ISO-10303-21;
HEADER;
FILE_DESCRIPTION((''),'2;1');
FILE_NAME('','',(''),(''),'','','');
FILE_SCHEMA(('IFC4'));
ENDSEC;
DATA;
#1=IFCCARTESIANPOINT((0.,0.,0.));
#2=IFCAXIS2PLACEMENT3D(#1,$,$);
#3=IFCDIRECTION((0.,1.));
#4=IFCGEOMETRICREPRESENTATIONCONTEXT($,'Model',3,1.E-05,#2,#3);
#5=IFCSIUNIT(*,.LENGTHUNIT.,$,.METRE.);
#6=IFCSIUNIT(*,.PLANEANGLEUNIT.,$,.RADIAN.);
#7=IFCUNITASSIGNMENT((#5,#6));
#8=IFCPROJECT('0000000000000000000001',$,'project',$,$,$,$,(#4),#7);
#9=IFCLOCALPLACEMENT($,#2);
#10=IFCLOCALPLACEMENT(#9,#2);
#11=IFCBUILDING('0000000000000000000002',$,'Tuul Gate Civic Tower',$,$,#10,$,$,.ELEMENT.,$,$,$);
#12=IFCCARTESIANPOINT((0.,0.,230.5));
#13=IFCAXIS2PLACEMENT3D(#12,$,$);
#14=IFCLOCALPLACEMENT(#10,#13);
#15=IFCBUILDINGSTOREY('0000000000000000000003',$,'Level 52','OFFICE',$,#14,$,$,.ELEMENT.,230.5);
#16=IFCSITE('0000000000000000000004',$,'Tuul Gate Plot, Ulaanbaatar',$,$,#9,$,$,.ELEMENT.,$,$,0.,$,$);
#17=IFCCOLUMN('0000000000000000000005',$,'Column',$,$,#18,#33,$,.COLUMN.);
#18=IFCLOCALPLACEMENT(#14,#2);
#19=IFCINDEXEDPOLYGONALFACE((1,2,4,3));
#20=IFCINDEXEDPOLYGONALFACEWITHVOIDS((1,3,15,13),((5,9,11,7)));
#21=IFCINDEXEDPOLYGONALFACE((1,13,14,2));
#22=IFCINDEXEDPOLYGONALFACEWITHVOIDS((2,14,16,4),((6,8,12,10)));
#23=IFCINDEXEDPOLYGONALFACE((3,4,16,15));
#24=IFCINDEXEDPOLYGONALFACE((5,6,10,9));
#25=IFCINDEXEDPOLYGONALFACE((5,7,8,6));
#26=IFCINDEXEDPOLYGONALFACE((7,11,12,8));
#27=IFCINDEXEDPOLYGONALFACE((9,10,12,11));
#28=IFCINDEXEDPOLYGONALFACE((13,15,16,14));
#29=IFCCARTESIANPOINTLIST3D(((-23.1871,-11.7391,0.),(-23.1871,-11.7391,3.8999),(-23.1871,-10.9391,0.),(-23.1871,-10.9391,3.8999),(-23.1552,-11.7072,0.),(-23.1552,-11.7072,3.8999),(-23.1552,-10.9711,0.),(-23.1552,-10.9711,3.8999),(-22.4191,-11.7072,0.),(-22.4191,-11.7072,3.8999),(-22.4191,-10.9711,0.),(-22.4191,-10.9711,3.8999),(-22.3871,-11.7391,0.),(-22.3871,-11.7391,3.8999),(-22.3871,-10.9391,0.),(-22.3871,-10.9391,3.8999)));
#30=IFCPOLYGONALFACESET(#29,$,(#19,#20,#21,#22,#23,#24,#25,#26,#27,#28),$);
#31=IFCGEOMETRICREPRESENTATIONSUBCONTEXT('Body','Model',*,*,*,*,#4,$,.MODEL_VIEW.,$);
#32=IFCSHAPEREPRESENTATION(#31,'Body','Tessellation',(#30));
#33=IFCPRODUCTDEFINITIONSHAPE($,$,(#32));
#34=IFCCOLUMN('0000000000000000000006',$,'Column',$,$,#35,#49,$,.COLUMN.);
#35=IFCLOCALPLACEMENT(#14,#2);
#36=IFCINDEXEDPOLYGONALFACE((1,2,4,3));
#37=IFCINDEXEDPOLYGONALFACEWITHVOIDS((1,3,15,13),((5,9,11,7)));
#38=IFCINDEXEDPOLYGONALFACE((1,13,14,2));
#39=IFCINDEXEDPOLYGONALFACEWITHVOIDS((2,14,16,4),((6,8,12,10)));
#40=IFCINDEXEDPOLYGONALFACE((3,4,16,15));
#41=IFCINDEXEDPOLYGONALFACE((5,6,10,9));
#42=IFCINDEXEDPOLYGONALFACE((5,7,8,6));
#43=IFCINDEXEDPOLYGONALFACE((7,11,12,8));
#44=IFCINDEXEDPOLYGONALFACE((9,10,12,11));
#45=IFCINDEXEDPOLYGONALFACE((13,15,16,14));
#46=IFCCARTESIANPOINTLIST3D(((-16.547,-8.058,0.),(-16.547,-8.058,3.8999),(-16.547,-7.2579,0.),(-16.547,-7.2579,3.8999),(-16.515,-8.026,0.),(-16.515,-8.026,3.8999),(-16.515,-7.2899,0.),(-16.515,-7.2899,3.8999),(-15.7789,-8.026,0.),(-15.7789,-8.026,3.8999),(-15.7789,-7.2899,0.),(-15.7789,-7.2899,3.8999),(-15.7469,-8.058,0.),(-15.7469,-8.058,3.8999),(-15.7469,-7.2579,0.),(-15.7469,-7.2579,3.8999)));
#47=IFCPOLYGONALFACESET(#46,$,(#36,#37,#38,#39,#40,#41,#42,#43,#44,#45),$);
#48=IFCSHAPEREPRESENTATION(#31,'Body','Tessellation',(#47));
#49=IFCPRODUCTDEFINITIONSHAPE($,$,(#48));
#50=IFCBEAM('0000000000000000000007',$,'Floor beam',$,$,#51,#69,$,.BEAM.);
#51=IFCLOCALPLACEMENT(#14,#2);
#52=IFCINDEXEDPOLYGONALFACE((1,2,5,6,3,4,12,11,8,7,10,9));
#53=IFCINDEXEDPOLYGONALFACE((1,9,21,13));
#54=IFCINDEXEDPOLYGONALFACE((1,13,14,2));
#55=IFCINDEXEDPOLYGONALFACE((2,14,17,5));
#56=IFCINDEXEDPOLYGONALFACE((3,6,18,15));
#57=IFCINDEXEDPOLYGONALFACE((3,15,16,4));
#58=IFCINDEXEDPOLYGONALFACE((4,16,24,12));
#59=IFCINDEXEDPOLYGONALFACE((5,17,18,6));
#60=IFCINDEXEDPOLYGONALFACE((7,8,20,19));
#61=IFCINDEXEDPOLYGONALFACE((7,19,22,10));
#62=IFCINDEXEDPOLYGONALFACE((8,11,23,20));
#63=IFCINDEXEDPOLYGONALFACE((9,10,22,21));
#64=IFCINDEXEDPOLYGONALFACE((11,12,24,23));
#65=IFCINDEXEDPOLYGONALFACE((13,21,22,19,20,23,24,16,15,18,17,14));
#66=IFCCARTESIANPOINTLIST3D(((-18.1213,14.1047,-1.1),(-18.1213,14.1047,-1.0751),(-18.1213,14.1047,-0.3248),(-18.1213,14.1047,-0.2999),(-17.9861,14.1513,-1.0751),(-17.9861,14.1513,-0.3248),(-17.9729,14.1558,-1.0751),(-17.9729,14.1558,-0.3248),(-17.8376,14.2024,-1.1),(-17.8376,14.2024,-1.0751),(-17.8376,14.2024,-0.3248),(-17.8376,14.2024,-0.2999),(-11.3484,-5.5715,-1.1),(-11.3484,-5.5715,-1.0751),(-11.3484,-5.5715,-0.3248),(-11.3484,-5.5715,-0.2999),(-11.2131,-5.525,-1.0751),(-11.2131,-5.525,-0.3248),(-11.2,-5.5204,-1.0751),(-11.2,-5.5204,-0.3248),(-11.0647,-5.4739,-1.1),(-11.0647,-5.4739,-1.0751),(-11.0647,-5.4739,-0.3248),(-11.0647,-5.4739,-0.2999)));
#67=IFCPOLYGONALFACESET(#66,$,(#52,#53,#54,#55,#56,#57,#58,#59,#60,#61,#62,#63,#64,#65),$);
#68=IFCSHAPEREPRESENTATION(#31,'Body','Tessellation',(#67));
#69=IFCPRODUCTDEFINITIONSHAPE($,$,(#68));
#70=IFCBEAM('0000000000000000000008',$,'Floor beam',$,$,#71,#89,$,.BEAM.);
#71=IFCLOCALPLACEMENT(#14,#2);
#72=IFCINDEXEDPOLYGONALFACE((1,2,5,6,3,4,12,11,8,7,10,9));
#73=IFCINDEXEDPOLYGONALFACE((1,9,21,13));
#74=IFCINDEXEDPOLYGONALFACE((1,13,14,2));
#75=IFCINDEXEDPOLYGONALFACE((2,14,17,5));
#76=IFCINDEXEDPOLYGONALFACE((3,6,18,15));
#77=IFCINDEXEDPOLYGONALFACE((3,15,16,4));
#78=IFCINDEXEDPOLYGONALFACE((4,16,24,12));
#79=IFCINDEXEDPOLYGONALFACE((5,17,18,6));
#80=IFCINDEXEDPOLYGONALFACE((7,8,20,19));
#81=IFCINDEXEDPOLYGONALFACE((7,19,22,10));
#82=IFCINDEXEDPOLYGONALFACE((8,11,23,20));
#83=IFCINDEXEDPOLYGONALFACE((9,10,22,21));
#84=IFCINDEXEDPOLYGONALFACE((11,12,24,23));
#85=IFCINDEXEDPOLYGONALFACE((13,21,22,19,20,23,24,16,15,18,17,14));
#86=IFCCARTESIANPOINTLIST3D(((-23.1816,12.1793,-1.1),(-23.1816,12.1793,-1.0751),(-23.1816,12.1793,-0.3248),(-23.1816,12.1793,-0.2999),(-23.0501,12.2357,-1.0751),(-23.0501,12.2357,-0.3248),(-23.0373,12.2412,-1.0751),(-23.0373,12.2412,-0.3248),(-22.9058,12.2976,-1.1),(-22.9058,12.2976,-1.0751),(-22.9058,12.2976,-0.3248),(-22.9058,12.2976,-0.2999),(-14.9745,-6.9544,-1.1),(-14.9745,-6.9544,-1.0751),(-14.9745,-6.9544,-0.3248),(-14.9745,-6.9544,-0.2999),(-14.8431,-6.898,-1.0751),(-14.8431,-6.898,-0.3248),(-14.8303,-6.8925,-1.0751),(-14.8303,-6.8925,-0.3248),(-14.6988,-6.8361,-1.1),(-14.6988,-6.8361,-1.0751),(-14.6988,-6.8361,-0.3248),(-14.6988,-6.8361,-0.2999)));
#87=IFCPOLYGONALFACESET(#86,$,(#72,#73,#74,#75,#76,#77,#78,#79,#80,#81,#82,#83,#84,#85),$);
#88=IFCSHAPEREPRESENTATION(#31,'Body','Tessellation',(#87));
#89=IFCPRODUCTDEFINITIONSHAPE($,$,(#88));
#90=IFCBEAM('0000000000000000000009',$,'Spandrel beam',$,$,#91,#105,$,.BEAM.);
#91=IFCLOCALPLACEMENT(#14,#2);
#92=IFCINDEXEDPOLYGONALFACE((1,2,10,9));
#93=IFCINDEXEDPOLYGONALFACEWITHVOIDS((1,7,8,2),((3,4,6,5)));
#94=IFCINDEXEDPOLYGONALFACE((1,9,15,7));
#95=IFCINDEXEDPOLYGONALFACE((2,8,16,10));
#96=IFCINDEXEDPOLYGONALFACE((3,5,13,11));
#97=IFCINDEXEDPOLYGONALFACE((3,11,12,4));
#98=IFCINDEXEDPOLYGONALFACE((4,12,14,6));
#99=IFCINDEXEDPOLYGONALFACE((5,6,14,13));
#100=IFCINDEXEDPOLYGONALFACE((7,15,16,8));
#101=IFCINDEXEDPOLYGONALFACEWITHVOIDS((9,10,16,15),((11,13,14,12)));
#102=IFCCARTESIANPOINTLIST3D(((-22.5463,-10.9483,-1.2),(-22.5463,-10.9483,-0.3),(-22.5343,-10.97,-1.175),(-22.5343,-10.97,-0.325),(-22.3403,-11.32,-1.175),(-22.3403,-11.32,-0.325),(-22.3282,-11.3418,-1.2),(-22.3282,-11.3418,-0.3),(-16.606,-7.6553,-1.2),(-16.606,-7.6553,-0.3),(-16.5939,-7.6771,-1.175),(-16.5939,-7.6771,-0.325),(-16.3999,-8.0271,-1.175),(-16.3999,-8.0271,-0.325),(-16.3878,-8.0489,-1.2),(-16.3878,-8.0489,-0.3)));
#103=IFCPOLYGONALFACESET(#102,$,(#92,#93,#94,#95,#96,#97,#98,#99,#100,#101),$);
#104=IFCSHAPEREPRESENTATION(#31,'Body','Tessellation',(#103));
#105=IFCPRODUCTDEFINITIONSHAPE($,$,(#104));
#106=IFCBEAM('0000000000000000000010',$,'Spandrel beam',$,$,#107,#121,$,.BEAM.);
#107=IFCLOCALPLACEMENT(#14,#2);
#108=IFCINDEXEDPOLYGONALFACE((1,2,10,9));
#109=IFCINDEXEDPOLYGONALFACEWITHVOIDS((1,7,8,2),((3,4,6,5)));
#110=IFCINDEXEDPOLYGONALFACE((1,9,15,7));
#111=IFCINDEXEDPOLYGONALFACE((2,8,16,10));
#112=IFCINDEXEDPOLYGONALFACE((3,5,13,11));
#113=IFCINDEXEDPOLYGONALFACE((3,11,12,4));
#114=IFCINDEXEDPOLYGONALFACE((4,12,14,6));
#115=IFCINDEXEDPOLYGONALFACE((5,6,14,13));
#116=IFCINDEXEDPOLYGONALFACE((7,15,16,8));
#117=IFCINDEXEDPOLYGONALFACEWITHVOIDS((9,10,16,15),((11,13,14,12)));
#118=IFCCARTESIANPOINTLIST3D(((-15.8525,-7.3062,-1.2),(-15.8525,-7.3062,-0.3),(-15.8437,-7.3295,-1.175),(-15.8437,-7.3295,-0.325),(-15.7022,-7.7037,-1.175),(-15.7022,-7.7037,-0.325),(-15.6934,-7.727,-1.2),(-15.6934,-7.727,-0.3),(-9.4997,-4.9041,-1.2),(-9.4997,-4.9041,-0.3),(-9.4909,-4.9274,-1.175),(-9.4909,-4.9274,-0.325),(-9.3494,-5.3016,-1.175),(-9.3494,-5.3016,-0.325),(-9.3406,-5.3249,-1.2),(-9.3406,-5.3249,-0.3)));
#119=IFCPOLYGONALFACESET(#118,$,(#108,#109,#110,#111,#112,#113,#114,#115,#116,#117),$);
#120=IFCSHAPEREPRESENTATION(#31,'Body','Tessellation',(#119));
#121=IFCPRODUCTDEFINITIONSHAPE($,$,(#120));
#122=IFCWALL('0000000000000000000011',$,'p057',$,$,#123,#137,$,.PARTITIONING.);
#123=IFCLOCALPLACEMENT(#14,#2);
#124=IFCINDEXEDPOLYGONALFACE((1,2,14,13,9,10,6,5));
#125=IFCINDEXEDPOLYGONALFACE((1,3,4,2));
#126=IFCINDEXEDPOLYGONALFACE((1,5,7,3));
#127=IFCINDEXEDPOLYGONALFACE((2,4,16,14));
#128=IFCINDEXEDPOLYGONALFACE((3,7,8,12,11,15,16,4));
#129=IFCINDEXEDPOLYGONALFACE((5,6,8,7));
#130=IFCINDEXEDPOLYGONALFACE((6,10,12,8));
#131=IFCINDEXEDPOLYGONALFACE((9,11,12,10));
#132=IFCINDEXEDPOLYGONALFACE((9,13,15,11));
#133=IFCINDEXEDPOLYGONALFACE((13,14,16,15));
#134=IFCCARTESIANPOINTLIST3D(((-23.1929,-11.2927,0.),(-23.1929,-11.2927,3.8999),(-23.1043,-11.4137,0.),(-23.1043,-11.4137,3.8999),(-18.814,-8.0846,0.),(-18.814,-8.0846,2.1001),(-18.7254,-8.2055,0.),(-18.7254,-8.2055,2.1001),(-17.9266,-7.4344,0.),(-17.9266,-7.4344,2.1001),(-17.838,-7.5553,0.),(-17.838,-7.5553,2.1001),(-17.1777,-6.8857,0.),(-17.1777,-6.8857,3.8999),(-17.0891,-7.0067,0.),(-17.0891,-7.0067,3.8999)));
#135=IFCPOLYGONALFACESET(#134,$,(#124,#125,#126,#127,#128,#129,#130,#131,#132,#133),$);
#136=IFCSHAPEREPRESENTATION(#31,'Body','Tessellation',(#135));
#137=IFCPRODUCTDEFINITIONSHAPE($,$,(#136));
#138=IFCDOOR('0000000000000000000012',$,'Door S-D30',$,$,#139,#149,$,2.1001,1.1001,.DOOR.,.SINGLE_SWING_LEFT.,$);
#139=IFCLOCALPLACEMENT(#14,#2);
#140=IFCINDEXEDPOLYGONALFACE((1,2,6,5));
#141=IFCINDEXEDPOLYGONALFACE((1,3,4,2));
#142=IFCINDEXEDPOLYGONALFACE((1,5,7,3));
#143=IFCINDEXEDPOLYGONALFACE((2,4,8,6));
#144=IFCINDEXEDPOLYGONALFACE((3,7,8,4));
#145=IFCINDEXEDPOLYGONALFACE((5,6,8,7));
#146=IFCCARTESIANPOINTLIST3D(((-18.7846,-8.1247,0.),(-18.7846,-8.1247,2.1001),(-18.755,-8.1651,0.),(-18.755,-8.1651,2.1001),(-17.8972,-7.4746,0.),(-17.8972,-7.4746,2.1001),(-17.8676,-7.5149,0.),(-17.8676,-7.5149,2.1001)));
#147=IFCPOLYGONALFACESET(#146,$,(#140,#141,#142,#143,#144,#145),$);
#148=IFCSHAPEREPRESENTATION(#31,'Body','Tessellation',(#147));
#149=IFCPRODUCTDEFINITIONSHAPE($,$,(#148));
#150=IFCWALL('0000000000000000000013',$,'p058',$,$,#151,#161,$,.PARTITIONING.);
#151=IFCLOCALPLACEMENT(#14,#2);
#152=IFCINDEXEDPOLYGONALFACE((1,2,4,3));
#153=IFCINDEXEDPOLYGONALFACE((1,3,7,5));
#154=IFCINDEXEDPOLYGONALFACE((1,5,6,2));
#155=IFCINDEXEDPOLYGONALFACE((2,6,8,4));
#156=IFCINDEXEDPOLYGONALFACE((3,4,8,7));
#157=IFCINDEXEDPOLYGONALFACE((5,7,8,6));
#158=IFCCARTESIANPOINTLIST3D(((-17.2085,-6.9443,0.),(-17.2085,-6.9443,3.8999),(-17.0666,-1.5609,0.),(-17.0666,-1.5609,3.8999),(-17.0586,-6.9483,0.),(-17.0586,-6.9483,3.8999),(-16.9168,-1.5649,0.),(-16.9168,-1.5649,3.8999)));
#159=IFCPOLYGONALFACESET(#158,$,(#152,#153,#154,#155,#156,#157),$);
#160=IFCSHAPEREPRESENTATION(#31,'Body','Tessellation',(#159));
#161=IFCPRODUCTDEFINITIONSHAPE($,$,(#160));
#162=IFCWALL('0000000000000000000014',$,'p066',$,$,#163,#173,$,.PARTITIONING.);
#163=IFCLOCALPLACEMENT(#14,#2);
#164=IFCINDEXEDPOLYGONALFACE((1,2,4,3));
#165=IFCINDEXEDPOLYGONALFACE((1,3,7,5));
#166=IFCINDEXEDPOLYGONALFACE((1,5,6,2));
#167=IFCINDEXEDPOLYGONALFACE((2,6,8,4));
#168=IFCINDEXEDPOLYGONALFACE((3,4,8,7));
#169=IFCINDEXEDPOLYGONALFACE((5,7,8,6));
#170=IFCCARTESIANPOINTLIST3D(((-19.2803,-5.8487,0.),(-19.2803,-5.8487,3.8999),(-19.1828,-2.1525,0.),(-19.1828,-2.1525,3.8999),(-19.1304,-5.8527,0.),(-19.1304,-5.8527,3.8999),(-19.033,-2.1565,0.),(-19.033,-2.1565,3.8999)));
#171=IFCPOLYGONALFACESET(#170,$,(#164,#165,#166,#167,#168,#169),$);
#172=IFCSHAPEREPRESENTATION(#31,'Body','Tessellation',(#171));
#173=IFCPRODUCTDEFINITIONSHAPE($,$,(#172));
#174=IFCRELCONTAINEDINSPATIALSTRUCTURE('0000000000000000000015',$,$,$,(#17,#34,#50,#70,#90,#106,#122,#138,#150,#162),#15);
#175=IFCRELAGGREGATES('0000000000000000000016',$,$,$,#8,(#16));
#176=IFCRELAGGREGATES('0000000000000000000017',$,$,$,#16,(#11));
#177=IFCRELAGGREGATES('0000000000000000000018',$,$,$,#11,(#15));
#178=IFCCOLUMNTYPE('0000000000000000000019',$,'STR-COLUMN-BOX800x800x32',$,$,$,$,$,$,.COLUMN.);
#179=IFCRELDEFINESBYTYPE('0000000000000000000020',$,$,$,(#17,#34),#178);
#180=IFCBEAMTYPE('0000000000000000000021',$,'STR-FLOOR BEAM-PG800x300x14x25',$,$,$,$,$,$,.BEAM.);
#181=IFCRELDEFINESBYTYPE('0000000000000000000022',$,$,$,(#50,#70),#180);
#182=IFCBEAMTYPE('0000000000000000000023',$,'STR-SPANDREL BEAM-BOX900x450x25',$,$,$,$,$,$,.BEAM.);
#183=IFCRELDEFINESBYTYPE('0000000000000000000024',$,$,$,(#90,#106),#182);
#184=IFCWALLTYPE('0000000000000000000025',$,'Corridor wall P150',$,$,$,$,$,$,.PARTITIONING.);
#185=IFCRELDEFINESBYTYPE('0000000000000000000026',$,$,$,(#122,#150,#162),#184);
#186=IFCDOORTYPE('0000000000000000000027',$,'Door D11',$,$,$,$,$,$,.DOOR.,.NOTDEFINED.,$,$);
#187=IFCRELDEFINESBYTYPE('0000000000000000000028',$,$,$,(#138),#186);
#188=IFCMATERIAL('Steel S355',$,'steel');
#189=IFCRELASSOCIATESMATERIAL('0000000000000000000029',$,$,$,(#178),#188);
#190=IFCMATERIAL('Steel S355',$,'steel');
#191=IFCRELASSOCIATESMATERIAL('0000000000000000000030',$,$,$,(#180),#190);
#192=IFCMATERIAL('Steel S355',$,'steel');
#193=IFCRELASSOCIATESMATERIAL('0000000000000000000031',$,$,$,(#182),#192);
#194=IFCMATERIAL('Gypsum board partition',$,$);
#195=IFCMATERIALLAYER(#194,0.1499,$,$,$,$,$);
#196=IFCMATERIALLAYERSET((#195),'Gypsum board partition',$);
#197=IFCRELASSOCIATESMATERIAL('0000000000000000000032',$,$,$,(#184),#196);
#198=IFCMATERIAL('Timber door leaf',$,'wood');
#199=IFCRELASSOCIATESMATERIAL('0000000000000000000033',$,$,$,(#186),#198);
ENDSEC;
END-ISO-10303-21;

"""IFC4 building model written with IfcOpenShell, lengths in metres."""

from ifc_helpers import new_model, si_unit, direction, frame, frame_2d, origin, origin_2d, place, context, subcontext, project, spatial, rectangle, hollow_rectangle, i_section, extrude, material, layer, layer_set, material_profile, profile_set, type_object, element, fill, save


model = new_model("IFC4")

# Units and contexts
model_context = context("Model", 3, precision=1e-05, world=origin(), true_north=direction((0.0, 1.0)))
body_context = subcontext(model_context, "Body", "Model", "MODEL_VIEW")
ifc_project = project(units=[si_unit("LENGTHUNIT", "METRE"), si_unit("PLANEANGLEUNIT", "RADIAN")], contexts=[model_context])

# Site, building, storey
site_placement = place(None, origin())
site = spatial("IfcSite", under=ifc_project, at=site_placement, Name="Tuul Gate Plot, Ulaanbaatar", CompositionType="ELEMENT", RefElevation=0.0)
building_placement = place(site_placement, origin())
building = spatial("IfcBuilding", under=site, at=building_placement, Name="Tuul Gate Civic Tower", CompositionType="ELEMENT")
storey_placement = place(building_placement, frame((0.0, 0.0, 230.5)))
storey = spatial("IfcBuildingStorey", under=building, at=storey_placement, Name="Level 52", Description="OFFICE", CompositionType="ELEMENT", Elevation=230.5)

# Columns
ifc_material_1 = material(Name="Steel S355", Category="steel")
ifc_material_profile_1 = material_profile(ifc_material_1, hollow_rectangle(XDim=0.8, YDim=0.8, WallThickness=0.032, at=origin_2d()), Name="BOX800x800x32")
ifc_profile_set_1 = profile_set([ifc_material_profile_1], Name="Steel S355")
column_type = type_object("IfcColumnType", Name="STR-COLUMN-BOX800x800x32", PredefinedType="COLUMN", material=ifc_profile_set_1)
for number, where, z_axis, x_axis, name in (
    (1, (-22.7871, -11.3391, 0.0), (0.0, 0.0, 1.0), (1.0, 0.0, 0.0), "Column"),
    (2, (-16.147, -7.658, 0.0), (0.0, 0.0, 1.0), (1.0, 0.0, 0.0), "Column"),
):
    element("IfcColumn", number, at=place(storey_placement, frame(where, z_axis=z_axis, x_axis=x_axis)), inside=storey, type_object=column_type, Name=name, PredefinedType="COLUMN", context=body_context, shape_type="SweptSolid", body=[
        extrude(hollow_rectangle(XDim=0.8, YDim=0.8, WallThickness=0.032, at=origin_2d()), origin(), (0.0, 0.0, 1.0), 3.8999),
    ])

# Beams
ifc_material_2 = material(Name="Steel S355", Category="steel")
ifc_material_profile_2 = material_profile(ifc_material_2, i_section(OverallWidth=0.3, OverallDepth=0.8, WebThickness=0.0139, FlangeThickness=0.0249, at=origin_2d()), Name="PG800x300x14x25")
ifc_profile_set_2 = profile_set([ifc_material_profile_2], Name="Steel S355")
beam_type_1 = type_object("IfcBeamType", Name="STR-FLOOR BEAM-PG800x300x14x25", PredefinedType="BEAM", material=ifc_profile_set_2)
beam_1_placement = place(storey_placement, frame((-11.2065, -5.5227, -0.7), z_axis=(-0.325476, 0.94555, 0.0), x_axis=(-0.94555, -0.325476, 0.0)))
element("IfcBeam", 3, at=beam_1_placement, inside=storey, type_object=beam_type_1, Name="Floor beam", PredefinedType="BEAM", context=body_context, shape_type="SweptSolid", body=[
    extrude(i_section(OverallWidth=0.3, OverallDepth=0.8, WebThickness=0.0139, FlangeThickness=0.0249, at=origin_2d()), origin(), (0.0, 0.0, 1.0), 20.8093),
])
beam_2_placement = place(storey_placement, frame((-14.8367, -6.8953, -0.7), z_axis=(-0.394197, 0.919026, 0.0), x_axis=(-0.919026, -0.394197, 0.0)))
element("IfcBeam", 4, at=beam_2_placement, inside=storey, type_object=beam_type_1, Name="Floor beam", PredefinedType="BEAM", context=body_context, shape_type="SweptSolid", body=[
    extrude(i_section(OverallWidth=0.3, OverallDepth=0.8, WebThickness=0.0139, FlangeThickness=0.0249, at=origin_2d()), origin(), (0.0, 0.0, 1.0), 20.8196),
])
ifc_material_3 = material(Name="Steel S355", Category="steel")
ifc_material_profile_3 = material_profile(ifc_material_3, hollow_rectangle(XDim=0.45, YDim=0.8999, WallThickness=0.0249, at=origin_2d()), Name="BOX900x450x25")
ifc_profile_set_3 = profile_set([ifc_material_profile_3], Name="Steel S355")
beam_type_2 = type_object("IfcBeamType", Name="STR-SPANDREL BEAM-BOX900x450x25", PredefinedType="BEAM", material=ifc_profile_set_3)
beam_3_placement = place(storey_placement, frame((-22.4373, -11.145, -0.75), z_axis=(0.874611, 0.484825, 0.0), x_axis=(-0.484825, 0.874611, 0.0)))
element("IfcBeam", 5, at=beam_3_placement, inside=storey, type_object=beam_type_2, Name="Spandrel beam", PredefinedType="BEAM", context=body_context, shape_type="SweptSolid", body=[
    extrude(hollow_rectangle(XDim=0.45, YDim=0.8999, WallThickness=0.0249, at=origin_2d()), origin(), (0.0, 0.0, 1.0), 6.792),
])
beam_4_placement = place(storey_placement, frame((-15.7729, -7.5166, -0.75), z_axis=(0.935367, 0.353679, 0.0), x_axis=(-0.353679, 0.935367, 0.0)))
element("IfcBeam", 6, at=beam_4_placement, inside=storey, type_object=beam_type_2, Name="Spandrel beam", PredefinedType="BEAM", context=body_context, shape_type="SweptSolid", body=[
    extrude(hollow_rectangle(XDim=0.45, YDim=0.8999, WallThickness=0.0249, at=origin_2d()), origin(), (0.0, 0.0, 1.0), 6.7917),
])

# Wall, opening, door
ifc_material_4 = material(Name="Gypsum board partition")
ifc_layer_1 = layer(ifc_material_4, 0.1499)
ifc_layer_set_1 = layer_set([ifc_layer_1], Name="Gypsum board partition")
wall_type_1 = type_object("IfcWallType", Name="Corridor wall P150", PredefinedType="PARTITIONING", material=ifc_layer_set_1)
wall_1_placement = place(storey_placement, frame((-23.1487, -11.3533, 0.0), z_axis=(0.0, 0.0, 1.0), x_axis=(0.806668, 0.591004, 0.0)))
wall_1 = element("IfcWall", 7, at=wall_1_placement, inside=storey, type_object=wall_type_1, Name="p057", PredefinedType="PARTITIONING", context=body_context, shape_type="SweptSolid", body=[
    extrude(rectangle(XDim=7.4568, YDim=0.1499, at=frame_2d((3.7285, 0.0))), origin(), (0.0, 0.0, 1.0), 3.8999),
])
opening_1_placement = place(wall_1_placement, frame((5.4285, 0.0, 0.0)))
opening_1 = element("IfcOpeningElement", 8, at=opening_1_placement, cuts=wall_1, PredefinedType="OPENING", context=body_context, shape_type="SweptSolid", body=[
    extrude(rectangle(XDim=1.1001, YDim=2.1001, at=frame_2d((0.55, 1.05))), frame((0.0, 0.085, 0.0), z_axis=(0.0, -1.0, 0.0), x_axis=(1.0, 0.0, 0.0)), (0.0, 0.0, 1.0), 0.1699),
])
ifc_material_5 = material(Name="Timber door leaf", Category="wood")
door_type_1 = type_object("IfcDoorType", Name="Door D11", OperationType="NOTDEFINED", PredefinedType="DOOR", material=ifc_material_5)
door_1_placement = place(opening_1_placement, frame((1.1001, 0.0, 0.0), z_axis=(0.0, 0.0, 1.0), x_axis=(-1.0, 0.0, 0.0)))
door_1 = element("IfcDoor", 9, at=door_1_placement, inside=storey, type_object=door_type_1, Name="Door S-D30", OperationType="SINGLE_SWING_LEFT", OverallHeight=2.1001, OverallWidth=1.1001, PredefinedType="DOOR", context=body_context, shape_type="SweptSolid", body=[
    extrude(rectangle(XDim=1.1001, YDim=2.1001, at=frame_2d((0.55, 1.05))), frame((0.0, 0.0249, 0.0), z_axis=(0.0, -1.0, 0.0), x_axis=(1.0, 0.0, 0.0)), (0.0, 0.0, 1.0), 0.05),
])
fill(opening_1, door_1)

# Walls
wall_2_placement = place(storey_placement, frame((-17.1335, -6.9463, 0.0), z_axis=(0.0, 0.0, 1.0), x_axis=(0.02634, 0.999653, 0.0)))
element("IfcWall", 10, at=wall_2_placement, inside=storey, type_object=wall_type_1, Name="p058", PredefinedType="PARTITIONING", context=body_context, shape_type="SweptSolid", body=[
    extrude(rectangle(XDim=5.3853, YDim=0.1499, at=frame_2d((2.6926, 0.0))), origin(), (0.0, 0.0, 1.0), 3.8999),
])
wall_3_placement = place(storey_placement, frame((-19.2053, -5.8506, 0.0), z_axis=(0.0, 0.0, 1.0), x_axis=(0.026345, 0.999653, 0.0)))
element("IfcWall", 11, at=wall_3_placement, inside=storey, type_object=wall_type_1, Name="p066", PredefinedType="PARTITIONING", context=body_context, shape_type="SweptSolid", body=[
    extrude(rectangle(XDim=3.6975, YDim=0.1499, at=frame_2d((1.8486, 0.0))), origin(), (0.0, 0.0, 1.0), 3.8999),
])

save(model, "model.ifc")
